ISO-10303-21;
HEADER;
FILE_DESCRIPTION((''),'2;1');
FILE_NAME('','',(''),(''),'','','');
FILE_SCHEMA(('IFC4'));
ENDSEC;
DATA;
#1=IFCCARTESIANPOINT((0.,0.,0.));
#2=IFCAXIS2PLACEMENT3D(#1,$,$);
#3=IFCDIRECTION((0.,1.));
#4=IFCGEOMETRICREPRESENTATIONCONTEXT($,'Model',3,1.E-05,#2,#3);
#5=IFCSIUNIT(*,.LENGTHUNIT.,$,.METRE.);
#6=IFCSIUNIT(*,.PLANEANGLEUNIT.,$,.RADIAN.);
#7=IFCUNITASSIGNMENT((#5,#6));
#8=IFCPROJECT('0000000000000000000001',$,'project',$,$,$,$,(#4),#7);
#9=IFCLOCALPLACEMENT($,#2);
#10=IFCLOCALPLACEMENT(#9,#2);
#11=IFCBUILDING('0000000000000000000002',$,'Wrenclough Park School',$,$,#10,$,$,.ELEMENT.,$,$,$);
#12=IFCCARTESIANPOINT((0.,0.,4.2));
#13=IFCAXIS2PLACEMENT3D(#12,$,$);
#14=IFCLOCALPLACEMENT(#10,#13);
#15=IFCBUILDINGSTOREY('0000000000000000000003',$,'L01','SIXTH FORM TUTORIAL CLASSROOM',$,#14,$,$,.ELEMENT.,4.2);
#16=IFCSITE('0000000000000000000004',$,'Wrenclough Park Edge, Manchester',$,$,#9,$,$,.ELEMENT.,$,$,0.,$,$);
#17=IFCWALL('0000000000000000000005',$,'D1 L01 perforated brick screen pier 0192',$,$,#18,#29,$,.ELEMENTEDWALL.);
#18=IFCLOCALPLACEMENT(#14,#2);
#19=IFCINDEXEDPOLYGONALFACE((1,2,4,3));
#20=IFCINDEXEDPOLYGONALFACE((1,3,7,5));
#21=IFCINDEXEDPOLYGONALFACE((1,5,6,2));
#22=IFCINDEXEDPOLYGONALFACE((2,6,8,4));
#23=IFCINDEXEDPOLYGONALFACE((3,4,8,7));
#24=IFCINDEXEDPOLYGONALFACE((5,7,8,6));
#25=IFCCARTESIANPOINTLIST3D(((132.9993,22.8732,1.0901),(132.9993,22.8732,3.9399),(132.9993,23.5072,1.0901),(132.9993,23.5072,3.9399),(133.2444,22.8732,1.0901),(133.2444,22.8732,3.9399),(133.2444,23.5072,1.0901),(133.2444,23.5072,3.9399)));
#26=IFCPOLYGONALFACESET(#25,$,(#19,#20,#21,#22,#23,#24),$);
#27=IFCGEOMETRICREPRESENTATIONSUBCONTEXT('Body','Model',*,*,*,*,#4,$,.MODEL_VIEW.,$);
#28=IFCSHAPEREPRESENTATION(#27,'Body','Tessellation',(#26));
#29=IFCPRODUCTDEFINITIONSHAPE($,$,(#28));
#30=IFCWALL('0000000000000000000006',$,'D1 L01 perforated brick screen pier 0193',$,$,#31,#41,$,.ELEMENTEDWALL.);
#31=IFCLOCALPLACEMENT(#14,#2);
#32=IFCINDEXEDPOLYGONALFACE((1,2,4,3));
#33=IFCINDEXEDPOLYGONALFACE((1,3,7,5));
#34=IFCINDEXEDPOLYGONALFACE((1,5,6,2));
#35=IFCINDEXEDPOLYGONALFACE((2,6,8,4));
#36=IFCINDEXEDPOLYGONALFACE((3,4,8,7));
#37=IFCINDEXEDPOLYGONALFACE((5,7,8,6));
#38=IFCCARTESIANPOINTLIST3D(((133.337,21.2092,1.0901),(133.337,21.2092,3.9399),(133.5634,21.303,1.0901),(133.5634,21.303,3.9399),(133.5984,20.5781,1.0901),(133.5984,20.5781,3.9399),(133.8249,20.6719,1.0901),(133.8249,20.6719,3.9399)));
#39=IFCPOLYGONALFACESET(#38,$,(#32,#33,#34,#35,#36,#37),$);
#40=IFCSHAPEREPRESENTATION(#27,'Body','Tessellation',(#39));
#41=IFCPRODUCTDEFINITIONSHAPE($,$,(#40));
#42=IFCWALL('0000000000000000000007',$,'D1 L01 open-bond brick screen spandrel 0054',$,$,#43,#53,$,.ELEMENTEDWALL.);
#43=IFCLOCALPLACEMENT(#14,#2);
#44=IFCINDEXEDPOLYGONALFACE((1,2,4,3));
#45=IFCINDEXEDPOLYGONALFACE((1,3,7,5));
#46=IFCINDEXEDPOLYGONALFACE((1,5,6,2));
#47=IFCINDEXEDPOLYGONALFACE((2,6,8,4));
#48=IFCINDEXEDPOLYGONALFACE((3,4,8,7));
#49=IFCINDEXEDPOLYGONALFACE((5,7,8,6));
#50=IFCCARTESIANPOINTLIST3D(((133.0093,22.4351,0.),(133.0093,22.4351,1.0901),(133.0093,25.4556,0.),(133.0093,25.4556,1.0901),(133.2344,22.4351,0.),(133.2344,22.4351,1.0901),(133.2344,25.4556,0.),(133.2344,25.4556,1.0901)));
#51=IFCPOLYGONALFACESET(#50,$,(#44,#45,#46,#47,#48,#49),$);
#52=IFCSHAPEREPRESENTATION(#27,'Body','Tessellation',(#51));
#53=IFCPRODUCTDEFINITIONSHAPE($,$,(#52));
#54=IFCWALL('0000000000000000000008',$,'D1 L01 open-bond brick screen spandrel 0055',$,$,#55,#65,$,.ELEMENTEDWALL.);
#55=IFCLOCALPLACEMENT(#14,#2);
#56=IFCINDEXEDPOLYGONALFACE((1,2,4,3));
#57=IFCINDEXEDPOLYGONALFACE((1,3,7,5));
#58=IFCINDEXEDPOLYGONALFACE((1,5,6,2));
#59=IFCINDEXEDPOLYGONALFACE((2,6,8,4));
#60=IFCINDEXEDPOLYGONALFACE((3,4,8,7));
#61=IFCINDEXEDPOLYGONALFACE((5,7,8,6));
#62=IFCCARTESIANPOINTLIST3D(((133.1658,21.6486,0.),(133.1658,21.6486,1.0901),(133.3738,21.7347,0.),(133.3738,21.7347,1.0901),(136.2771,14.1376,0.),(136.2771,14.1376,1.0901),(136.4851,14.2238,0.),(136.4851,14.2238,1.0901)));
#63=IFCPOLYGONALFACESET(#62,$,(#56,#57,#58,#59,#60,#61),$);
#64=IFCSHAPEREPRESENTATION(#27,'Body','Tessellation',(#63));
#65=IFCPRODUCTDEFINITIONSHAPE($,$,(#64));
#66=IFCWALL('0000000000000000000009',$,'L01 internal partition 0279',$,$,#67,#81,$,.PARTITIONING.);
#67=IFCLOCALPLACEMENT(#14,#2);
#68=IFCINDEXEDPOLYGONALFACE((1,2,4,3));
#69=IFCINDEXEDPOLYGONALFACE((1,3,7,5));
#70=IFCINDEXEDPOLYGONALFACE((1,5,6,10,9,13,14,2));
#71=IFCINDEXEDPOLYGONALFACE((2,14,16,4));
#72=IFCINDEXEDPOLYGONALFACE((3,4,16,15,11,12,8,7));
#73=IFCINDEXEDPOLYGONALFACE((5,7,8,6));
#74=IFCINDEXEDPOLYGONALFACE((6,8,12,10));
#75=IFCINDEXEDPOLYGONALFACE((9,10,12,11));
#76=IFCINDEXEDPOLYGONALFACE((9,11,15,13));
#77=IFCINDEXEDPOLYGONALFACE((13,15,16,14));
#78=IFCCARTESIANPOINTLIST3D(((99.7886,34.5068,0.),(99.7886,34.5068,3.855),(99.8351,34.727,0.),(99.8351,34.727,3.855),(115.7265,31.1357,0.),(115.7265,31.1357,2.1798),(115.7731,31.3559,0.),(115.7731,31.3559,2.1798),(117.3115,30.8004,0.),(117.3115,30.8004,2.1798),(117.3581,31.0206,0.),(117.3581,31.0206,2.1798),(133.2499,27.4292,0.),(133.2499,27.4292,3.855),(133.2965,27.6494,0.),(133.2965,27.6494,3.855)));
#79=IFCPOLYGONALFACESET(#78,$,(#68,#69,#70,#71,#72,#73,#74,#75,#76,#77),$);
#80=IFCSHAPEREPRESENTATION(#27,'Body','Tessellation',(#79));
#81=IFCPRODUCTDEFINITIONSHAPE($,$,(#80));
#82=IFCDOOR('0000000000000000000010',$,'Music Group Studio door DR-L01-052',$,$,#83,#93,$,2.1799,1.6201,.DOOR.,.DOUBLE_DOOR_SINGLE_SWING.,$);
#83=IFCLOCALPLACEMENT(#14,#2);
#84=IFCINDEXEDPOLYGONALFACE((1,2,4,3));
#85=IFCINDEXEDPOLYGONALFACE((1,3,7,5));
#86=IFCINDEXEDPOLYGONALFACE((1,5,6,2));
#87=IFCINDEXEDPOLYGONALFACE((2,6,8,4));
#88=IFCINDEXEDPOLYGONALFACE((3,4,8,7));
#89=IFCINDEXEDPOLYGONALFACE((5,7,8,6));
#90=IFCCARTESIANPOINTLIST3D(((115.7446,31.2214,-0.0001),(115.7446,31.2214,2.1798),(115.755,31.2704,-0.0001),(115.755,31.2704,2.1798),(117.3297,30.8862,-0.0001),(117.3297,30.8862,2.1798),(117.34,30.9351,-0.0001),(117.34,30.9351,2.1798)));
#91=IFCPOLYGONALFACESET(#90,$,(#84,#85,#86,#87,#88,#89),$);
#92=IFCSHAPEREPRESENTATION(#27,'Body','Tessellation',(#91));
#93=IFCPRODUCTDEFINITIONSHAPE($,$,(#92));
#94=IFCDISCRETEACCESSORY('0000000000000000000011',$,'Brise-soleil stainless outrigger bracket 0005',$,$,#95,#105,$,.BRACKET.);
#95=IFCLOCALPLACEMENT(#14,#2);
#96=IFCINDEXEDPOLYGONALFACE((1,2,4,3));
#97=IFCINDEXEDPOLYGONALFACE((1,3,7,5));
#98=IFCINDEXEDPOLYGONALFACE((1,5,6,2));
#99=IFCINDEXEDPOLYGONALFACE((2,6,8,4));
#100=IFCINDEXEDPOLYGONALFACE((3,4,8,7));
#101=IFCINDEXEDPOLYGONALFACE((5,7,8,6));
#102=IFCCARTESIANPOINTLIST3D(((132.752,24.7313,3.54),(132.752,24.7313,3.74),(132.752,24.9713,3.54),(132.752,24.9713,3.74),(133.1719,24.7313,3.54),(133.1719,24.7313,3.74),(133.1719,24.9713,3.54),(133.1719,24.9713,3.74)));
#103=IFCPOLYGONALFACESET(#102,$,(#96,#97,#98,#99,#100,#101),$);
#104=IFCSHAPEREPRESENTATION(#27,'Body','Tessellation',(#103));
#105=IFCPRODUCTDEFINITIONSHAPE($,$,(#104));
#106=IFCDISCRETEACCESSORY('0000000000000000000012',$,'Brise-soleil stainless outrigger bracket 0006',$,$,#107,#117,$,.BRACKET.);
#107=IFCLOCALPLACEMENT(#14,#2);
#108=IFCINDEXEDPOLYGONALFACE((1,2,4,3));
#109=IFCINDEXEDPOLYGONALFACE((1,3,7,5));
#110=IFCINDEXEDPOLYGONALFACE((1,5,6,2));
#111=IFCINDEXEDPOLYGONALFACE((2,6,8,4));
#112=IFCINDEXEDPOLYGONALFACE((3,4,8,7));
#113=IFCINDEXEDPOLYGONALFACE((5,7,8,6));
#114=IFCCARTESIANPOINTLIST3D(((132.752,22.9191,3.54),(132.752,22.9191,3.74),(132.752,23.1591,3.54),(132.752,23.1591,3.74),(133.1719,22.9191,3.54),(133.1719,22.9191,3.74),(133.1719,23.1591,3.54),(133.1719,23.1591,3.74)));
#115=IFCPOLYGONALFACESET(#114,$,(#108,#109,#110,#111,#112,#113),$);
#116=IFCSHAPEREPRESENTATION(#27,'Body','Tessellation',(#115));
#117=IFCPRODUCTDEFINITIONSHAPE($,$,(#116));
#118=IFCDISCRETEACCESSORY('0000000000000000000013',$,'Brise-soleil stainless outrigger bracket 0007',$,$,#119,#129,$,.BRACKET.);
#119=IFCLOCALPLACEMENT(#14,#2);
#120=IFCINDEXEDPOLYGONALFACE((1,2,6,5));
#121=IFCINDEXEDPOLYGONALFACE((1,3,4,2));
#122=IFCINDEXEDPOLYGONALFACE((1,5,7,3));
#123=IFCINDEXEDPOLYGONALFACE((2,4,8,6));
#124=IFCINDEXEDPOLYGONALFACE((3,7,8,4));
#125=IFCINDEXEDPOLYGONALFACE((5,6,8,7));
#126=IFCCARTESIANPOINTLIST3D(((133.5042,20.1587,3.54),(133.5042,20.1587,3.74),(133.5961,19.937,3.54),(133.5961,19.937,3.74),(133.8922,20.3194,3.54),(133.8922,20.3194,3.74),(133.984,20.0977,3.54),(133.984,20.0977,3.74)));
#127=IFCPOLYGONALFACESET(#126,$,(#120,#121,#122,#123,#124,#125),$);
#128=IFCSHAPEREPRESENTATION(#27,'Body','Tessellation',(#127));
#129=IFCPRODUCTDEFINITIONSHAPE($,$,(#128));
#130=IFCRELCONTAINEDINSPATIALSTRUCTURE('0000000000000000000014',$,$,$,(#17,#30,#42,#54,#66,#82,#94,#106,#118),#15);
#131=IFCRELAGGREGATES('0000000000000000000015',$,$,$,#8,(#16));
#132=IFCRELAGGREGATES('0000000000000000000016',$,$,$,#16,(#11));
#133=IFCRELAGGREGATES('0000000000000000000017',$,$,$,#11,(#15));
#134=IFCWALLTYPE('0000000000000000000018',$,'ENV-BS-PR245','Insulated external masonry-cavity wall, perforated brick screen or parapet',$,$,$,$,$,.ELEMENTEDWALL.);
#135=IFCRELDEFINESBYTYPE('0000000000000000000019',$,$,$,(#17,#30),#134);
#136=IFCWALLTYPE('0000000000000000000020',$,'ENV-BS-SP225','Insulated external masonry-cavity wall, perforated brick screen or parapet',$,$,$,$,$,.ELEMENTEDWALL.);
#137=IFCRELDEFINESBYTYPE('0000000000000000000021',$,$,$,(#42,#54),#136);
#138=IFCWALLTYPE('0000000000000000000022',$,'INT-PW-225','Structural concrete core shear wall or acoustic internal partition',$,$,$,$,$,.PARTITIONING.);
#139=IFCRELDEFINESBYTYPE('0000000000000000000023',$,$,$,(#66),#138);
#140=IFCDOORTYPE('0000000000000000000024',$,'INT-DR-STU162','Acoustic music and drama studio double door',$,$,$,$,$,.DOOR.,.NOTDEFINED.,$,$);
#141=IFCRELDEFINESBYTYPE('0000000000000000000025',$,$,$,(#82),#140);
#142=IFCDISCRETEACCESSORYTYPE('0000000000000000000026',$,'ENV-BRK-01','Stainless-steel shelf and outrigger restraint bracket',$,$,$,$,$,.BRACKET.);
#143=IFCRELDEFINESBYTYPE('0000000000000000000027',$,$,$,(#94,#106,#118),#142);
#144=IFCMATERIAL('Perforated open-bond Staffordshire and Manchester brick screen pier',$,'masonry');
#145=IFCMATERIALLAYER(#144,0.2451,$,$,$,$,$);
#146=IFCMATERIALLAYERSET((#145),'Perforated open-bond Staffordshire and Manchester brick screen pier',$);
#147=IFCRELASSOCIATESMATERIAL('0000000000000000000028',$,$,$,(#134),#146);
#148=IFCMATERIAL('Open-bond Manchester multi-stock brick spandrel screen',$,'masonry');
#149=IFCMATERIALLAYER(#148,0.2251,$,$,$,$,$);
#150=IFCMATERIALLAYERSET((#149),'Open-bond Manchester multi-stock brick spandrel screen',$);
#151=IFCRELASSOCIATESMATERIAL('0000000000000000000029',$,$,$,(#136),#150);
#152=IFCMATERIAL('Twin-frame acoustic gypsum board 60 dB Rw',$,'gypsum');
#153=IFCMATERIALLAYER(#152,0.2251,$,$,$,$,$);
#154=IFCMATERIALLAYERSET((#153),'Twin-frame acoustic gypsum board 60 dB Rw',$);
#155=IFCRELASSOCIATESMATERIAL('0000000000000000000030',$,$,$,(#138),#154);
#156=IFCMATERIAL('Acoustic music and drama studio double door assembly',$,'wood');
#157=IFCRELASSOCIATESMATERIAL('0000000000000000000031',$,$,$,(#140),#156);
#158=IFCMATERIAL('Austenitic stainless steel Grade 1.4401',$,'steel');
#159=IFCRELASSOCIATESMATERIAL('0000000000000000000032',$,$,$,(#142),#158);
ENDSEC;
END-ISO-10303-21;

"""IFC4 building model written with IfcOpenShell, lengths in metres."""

from ifc_helpers import new_model, si_unit, direction, frame, frame_2d, origin, origin_2d, place, context, subcontext, project, spatial, rectangle, extrude, material, layer, layer_set, type_object, element, fill, save


model = new_model("IFC4")

# Units and contexts
model_context = context("Model", 3, precision=1e-05, world=origin(), true_north=direction((0.0, 1.0)))
body_context = subcontext(model_context, "Body", "Model", "MODEL_VIEW")
ifc_project = project(units=[si_unit("LENGTHUNIT", "METRE"), si_unit("PLANEANGLEUNIT", "RADIAN")], contexts=[model_context])

# Site, building, storey
site_placement = place(None, origin())
site = spatial("IfcSite", under=ifc_project, at=site_placement, Name="Wrenclough Park Edge, Manchester", CompositionType="ELEMENT", RefElevation=0.0)
building_placement = place(site_placement, origin())
building = spatial("IfcBuilding", under=site, at=building_placement, Name="Wrenclough Park School", CompositionType="ELEMENT")
storey_placement = place(building_placement, frame((0.0, 0.0, 4.2)))
storey = spatial("IfcBuildingStorey", under=building, at=storey_placement, Name="L01", Description="SIXTH FORM TUTORIAL CLASSROOM", CompositionType="ELEMENT", Elevation=4.2)

# Walls
ifc_material_1 = material(Name="Perforated open-bond Staffordshire and Manchester brick screen pier", Category="masonry")
ifc_layer_1 = layer(ifc_material_1, 0.2451)
ifc_layer_set_1 = layer_set([ifc_layer_1], Name="Perforated open-bond Staffordshire and Manchester brick screen pier")
wall_type_1 = type_object("IfcWallType", Name="ENV-BS-PR245", Description="Insulated external masonry-cavity wall, perforated brick screen or parapet", PredefinedType="ELEMENTEDWALL", material=ifc_layer_set_1)
for number, where, z_axis, x_axis, name in (
    (1, (133.1218, 23.5071, 1.0901), (0.0, 0.0, 1.0), (0.0, -1.0, 0.0), "D1 L01 perforated brick screen pier 0192"),
):
    element("IfcWall", number, at=place(storey_placement, frame(where, z_axis=z_axis, x_axis=x_axis)), inside=storey, type_object=wall_type_1, Name=name, PredefinedType="ELEMENTEDWALL", context=body_context, shape_type="SweptSolid", body=[
        extrude(rectangle(XDim=0.634, YDim=0.2451, at=frame_2d((0.3169, 0.0))), origin(), (0.0, 0.0, 1.0), 2.8499),
    ])
wall_1_placement = place(storey_placement, frame((133.4502, 21.2561, 1.0901), z_axis=(0.0, 0.0, 1.0), x_axis=(0.382762, -0.923847, 0.0)))
element("IfcWall", 2, at=wall_1_placement, inside=storey, type_object=wall_type_1, Name="D1 L01 perforated brick screen pier 0193", PredefinedType="ELEMENTEDWALL", context=body_context, shape_type="SweptSolid", body=[
    extrude(rectangle(XDim=0.6831, YDim=0.2451, at=frame_2d((0.3416, 0.0))), origin(), (0.0, 0.0, 1.0), 2.8499),
])
ifc_material_2 = material(Name="Open-bond Manchester multi-stock brick spandrel screen", Category="masonry")
ifc_layer_2 = layer(ifc_material_2, 0.2251)
ifc_layer_set_2 = layer_set([ifc_layer_2], Name="Open-bond Manchester multi-stock brick spandrel screen")
wall_type_2 = type_object("IfcWallType", Name="ENV-BS-SP225", Description="Insulated external masonry-cavity wall, perforated brick screen or parapet", PredefinedType="ELEMENTEDWALL", material=ifc_layer_set_2)
wall_2_placement = place(storey_placement, frame((133.1218, 25.4556, 0.0), z_axis=(0.0, 0.0, 1.0), x_axis=(0.0, -1.0, 0.0)))
element("IfcWall", 3, at=wall_2_placement, inside=storey, type_object=wall_type_2, Name="D1 L01 open-bond brick screen spandrel 0054", PredefinedType="ELEMENTEDWALL", context=body_context, shape_type="SweptSolid", body=[
    extrude(rectangle(XDim=3.0205, YDim=0.2251, at=frame_2d((1.5103, 0.0))), origin(), (0.0, 0.0, 1.0), 1.0901),
])
wall_3_placement = place(storey_placement, frame((133.2698, 21.6917, 0.0), z_axis=(0.0, 0.0, 1.0), x_axis=(0.382702, -0.923872, 0.0)))
element("IfcWall", 4, at=wall_3_placement, inside=storey, type_object=wall_type_2, Name="D1 L01 open-bond brick screen spandrel 0055", PredefinedType="ELEMENTEDWALL", context=body_context, shape_type="SweptSolid", body=[
    extrude(rectangle(XDim=8.1299, YDim=0.2251, at=frame_2d((4.0649, 0.0))), origin(), (0.0, 0.0, 1.0), 1.0901),
])

# Wall, opening, door
ifc_material_3 = material(Name="Twin-frame acoustic gypsum board 60 dB Rw", Category="gypsum")
ifc_layer_3 = layer(ifc_material_3, 0.2251)
ifc_layer_set_3 = layer_set([ifc_layer_3], Name="Twin-frame acoustic gypsum board 60 dB Rw")
wall_type_3 = type_object("IfcWallType", Name="INT-PW-225", Description="Structural concrete core shear wall or acoustic internal partition", PredefinedType="PARTITIONING", material=ifc_layer_set_3)
wall_4_placement = place(storey_placement, frame((133.2732, 27.5393, 0.0), z_axis=(0.0, 0.0, 1.0), x_axis=(-0.978354, 0.206938, 0.0)))
wall_4 = element("IfcWall", 5, at=wall_4_placement, inside=storey, type_object=wall_type_3, Name="L01 internal partition 0279", PredefinedType="PARTITIONING", context=body_context, shape_type="SweptSolid", body=[
    extrude(rectangle(XDim=34.2017, YDim=0.2251, at=frame_2d((17.1008, 0.0))), origin(), (0.0, 0.0, 1.0), 3.855),
])
opening_placement = place(wall_4_placement, frame((16.291, 0.0, 0.0)))
opening = element("IfcOpeningElement", 6, at=opening_placement, cuts=wall_4, PredefinedType="OPENING", context=body_context, shape_type="SweptSolid", body=[
    extrude(rectangle(XDim=1.6201, YDim=2.1799, at=frame_2d((0.8101, 1.0898))), frame((0.0, 0.1226, 0.0), z_axis=(0.0, -1.0, 0.0), x_axis=(1.0, 0.0, 0.0)), (0.0, 0.0, 1.0), 0.2451),
])
ifc_material_4 = material(Name="Acoustic music and drama studio double door assembly", Category="wood")
door_type = type_object("IfcDoorType", Name="INT-DR-STU162", Description="Acoustic music and drama studio double door", OperationType="NOTDEFINED", PredefinedType="DOOR", material=ifc_material_4)
door_placement = place(opening_placement, origin())
door = element("IfcDoor", 7, at=door_placement, inside=storey, type_object=door_type, Name="Music Group Studio door DR-L01-052", OperationType="DOUBLE_DOOR_SINGLE_SWING", OverallHeight=2.1799, OverallWidth=1.6201, PredefinedType="DOOR", context=body_context, shape_type="SweptSolid", body=[
    extrude(rectangle(XDim=1.6201, YDim=2.1799, at=frame_2d((0.8101, 1.0898))), frame((0.0, 0.0249, 0.0), z_axis=(0.0, -1.0, 0.0), x_axis=(1.0, 0.0, 0.0)), (0.0, 0.0, 1.0), 0.05),
])
fill(opening, door)

# Discrete accessories
ifc_material_5 = material(Name="Austenitic stainless steel Grade 1.4401", Category="steel")
discrete_accessory_type = type_object("IfcDiscreteAccessoryType", Name="ENV-BRK-01", Description="Stainless-steel shelf and outrigger restraint bracket", PredefinedType="BRACKET", material=ifc_material_5)
for number, where, z_axis, x_axis, name in (
    (8, (132.9619, 24.8513, 3.54), (0.0, 0.0, 1.0), (0.0, -1.0, 0.0), "Brise-soleil stainless outrigger bracket 0005"),
    (9, (132.9619, 23.0391, 3.54), (0.0, 0.0, 1.0), (0.0, -1.0, 0.0), "Brise-soleil stainless outrigger bracket 0006"),
    (10, (133.7441, 20.1282, 3.54), (0.0, 0.0, 1.0), (0.382692, -0.923876, 0.0), "Brise-soleil stainless outrigger bracket 0007"),
):
    element("IfcDiscreteAccessory", number, at=place(storey_placement, frame(where, z_axis=z_axis, x_axis=x_axis)), inside=storey, type_object=discrete_accessory_type, Name=name, PredefinedType="BRACKET", context=body_context, shape_type="SweptSolid", body=[
        extrude(rectangle(XDim=0.24, YDim=0.4199, at=origin_2d()), origin(), (0.0, 0.0, 1.0), 0.2),
    ])

save(model, "model.ifc")
